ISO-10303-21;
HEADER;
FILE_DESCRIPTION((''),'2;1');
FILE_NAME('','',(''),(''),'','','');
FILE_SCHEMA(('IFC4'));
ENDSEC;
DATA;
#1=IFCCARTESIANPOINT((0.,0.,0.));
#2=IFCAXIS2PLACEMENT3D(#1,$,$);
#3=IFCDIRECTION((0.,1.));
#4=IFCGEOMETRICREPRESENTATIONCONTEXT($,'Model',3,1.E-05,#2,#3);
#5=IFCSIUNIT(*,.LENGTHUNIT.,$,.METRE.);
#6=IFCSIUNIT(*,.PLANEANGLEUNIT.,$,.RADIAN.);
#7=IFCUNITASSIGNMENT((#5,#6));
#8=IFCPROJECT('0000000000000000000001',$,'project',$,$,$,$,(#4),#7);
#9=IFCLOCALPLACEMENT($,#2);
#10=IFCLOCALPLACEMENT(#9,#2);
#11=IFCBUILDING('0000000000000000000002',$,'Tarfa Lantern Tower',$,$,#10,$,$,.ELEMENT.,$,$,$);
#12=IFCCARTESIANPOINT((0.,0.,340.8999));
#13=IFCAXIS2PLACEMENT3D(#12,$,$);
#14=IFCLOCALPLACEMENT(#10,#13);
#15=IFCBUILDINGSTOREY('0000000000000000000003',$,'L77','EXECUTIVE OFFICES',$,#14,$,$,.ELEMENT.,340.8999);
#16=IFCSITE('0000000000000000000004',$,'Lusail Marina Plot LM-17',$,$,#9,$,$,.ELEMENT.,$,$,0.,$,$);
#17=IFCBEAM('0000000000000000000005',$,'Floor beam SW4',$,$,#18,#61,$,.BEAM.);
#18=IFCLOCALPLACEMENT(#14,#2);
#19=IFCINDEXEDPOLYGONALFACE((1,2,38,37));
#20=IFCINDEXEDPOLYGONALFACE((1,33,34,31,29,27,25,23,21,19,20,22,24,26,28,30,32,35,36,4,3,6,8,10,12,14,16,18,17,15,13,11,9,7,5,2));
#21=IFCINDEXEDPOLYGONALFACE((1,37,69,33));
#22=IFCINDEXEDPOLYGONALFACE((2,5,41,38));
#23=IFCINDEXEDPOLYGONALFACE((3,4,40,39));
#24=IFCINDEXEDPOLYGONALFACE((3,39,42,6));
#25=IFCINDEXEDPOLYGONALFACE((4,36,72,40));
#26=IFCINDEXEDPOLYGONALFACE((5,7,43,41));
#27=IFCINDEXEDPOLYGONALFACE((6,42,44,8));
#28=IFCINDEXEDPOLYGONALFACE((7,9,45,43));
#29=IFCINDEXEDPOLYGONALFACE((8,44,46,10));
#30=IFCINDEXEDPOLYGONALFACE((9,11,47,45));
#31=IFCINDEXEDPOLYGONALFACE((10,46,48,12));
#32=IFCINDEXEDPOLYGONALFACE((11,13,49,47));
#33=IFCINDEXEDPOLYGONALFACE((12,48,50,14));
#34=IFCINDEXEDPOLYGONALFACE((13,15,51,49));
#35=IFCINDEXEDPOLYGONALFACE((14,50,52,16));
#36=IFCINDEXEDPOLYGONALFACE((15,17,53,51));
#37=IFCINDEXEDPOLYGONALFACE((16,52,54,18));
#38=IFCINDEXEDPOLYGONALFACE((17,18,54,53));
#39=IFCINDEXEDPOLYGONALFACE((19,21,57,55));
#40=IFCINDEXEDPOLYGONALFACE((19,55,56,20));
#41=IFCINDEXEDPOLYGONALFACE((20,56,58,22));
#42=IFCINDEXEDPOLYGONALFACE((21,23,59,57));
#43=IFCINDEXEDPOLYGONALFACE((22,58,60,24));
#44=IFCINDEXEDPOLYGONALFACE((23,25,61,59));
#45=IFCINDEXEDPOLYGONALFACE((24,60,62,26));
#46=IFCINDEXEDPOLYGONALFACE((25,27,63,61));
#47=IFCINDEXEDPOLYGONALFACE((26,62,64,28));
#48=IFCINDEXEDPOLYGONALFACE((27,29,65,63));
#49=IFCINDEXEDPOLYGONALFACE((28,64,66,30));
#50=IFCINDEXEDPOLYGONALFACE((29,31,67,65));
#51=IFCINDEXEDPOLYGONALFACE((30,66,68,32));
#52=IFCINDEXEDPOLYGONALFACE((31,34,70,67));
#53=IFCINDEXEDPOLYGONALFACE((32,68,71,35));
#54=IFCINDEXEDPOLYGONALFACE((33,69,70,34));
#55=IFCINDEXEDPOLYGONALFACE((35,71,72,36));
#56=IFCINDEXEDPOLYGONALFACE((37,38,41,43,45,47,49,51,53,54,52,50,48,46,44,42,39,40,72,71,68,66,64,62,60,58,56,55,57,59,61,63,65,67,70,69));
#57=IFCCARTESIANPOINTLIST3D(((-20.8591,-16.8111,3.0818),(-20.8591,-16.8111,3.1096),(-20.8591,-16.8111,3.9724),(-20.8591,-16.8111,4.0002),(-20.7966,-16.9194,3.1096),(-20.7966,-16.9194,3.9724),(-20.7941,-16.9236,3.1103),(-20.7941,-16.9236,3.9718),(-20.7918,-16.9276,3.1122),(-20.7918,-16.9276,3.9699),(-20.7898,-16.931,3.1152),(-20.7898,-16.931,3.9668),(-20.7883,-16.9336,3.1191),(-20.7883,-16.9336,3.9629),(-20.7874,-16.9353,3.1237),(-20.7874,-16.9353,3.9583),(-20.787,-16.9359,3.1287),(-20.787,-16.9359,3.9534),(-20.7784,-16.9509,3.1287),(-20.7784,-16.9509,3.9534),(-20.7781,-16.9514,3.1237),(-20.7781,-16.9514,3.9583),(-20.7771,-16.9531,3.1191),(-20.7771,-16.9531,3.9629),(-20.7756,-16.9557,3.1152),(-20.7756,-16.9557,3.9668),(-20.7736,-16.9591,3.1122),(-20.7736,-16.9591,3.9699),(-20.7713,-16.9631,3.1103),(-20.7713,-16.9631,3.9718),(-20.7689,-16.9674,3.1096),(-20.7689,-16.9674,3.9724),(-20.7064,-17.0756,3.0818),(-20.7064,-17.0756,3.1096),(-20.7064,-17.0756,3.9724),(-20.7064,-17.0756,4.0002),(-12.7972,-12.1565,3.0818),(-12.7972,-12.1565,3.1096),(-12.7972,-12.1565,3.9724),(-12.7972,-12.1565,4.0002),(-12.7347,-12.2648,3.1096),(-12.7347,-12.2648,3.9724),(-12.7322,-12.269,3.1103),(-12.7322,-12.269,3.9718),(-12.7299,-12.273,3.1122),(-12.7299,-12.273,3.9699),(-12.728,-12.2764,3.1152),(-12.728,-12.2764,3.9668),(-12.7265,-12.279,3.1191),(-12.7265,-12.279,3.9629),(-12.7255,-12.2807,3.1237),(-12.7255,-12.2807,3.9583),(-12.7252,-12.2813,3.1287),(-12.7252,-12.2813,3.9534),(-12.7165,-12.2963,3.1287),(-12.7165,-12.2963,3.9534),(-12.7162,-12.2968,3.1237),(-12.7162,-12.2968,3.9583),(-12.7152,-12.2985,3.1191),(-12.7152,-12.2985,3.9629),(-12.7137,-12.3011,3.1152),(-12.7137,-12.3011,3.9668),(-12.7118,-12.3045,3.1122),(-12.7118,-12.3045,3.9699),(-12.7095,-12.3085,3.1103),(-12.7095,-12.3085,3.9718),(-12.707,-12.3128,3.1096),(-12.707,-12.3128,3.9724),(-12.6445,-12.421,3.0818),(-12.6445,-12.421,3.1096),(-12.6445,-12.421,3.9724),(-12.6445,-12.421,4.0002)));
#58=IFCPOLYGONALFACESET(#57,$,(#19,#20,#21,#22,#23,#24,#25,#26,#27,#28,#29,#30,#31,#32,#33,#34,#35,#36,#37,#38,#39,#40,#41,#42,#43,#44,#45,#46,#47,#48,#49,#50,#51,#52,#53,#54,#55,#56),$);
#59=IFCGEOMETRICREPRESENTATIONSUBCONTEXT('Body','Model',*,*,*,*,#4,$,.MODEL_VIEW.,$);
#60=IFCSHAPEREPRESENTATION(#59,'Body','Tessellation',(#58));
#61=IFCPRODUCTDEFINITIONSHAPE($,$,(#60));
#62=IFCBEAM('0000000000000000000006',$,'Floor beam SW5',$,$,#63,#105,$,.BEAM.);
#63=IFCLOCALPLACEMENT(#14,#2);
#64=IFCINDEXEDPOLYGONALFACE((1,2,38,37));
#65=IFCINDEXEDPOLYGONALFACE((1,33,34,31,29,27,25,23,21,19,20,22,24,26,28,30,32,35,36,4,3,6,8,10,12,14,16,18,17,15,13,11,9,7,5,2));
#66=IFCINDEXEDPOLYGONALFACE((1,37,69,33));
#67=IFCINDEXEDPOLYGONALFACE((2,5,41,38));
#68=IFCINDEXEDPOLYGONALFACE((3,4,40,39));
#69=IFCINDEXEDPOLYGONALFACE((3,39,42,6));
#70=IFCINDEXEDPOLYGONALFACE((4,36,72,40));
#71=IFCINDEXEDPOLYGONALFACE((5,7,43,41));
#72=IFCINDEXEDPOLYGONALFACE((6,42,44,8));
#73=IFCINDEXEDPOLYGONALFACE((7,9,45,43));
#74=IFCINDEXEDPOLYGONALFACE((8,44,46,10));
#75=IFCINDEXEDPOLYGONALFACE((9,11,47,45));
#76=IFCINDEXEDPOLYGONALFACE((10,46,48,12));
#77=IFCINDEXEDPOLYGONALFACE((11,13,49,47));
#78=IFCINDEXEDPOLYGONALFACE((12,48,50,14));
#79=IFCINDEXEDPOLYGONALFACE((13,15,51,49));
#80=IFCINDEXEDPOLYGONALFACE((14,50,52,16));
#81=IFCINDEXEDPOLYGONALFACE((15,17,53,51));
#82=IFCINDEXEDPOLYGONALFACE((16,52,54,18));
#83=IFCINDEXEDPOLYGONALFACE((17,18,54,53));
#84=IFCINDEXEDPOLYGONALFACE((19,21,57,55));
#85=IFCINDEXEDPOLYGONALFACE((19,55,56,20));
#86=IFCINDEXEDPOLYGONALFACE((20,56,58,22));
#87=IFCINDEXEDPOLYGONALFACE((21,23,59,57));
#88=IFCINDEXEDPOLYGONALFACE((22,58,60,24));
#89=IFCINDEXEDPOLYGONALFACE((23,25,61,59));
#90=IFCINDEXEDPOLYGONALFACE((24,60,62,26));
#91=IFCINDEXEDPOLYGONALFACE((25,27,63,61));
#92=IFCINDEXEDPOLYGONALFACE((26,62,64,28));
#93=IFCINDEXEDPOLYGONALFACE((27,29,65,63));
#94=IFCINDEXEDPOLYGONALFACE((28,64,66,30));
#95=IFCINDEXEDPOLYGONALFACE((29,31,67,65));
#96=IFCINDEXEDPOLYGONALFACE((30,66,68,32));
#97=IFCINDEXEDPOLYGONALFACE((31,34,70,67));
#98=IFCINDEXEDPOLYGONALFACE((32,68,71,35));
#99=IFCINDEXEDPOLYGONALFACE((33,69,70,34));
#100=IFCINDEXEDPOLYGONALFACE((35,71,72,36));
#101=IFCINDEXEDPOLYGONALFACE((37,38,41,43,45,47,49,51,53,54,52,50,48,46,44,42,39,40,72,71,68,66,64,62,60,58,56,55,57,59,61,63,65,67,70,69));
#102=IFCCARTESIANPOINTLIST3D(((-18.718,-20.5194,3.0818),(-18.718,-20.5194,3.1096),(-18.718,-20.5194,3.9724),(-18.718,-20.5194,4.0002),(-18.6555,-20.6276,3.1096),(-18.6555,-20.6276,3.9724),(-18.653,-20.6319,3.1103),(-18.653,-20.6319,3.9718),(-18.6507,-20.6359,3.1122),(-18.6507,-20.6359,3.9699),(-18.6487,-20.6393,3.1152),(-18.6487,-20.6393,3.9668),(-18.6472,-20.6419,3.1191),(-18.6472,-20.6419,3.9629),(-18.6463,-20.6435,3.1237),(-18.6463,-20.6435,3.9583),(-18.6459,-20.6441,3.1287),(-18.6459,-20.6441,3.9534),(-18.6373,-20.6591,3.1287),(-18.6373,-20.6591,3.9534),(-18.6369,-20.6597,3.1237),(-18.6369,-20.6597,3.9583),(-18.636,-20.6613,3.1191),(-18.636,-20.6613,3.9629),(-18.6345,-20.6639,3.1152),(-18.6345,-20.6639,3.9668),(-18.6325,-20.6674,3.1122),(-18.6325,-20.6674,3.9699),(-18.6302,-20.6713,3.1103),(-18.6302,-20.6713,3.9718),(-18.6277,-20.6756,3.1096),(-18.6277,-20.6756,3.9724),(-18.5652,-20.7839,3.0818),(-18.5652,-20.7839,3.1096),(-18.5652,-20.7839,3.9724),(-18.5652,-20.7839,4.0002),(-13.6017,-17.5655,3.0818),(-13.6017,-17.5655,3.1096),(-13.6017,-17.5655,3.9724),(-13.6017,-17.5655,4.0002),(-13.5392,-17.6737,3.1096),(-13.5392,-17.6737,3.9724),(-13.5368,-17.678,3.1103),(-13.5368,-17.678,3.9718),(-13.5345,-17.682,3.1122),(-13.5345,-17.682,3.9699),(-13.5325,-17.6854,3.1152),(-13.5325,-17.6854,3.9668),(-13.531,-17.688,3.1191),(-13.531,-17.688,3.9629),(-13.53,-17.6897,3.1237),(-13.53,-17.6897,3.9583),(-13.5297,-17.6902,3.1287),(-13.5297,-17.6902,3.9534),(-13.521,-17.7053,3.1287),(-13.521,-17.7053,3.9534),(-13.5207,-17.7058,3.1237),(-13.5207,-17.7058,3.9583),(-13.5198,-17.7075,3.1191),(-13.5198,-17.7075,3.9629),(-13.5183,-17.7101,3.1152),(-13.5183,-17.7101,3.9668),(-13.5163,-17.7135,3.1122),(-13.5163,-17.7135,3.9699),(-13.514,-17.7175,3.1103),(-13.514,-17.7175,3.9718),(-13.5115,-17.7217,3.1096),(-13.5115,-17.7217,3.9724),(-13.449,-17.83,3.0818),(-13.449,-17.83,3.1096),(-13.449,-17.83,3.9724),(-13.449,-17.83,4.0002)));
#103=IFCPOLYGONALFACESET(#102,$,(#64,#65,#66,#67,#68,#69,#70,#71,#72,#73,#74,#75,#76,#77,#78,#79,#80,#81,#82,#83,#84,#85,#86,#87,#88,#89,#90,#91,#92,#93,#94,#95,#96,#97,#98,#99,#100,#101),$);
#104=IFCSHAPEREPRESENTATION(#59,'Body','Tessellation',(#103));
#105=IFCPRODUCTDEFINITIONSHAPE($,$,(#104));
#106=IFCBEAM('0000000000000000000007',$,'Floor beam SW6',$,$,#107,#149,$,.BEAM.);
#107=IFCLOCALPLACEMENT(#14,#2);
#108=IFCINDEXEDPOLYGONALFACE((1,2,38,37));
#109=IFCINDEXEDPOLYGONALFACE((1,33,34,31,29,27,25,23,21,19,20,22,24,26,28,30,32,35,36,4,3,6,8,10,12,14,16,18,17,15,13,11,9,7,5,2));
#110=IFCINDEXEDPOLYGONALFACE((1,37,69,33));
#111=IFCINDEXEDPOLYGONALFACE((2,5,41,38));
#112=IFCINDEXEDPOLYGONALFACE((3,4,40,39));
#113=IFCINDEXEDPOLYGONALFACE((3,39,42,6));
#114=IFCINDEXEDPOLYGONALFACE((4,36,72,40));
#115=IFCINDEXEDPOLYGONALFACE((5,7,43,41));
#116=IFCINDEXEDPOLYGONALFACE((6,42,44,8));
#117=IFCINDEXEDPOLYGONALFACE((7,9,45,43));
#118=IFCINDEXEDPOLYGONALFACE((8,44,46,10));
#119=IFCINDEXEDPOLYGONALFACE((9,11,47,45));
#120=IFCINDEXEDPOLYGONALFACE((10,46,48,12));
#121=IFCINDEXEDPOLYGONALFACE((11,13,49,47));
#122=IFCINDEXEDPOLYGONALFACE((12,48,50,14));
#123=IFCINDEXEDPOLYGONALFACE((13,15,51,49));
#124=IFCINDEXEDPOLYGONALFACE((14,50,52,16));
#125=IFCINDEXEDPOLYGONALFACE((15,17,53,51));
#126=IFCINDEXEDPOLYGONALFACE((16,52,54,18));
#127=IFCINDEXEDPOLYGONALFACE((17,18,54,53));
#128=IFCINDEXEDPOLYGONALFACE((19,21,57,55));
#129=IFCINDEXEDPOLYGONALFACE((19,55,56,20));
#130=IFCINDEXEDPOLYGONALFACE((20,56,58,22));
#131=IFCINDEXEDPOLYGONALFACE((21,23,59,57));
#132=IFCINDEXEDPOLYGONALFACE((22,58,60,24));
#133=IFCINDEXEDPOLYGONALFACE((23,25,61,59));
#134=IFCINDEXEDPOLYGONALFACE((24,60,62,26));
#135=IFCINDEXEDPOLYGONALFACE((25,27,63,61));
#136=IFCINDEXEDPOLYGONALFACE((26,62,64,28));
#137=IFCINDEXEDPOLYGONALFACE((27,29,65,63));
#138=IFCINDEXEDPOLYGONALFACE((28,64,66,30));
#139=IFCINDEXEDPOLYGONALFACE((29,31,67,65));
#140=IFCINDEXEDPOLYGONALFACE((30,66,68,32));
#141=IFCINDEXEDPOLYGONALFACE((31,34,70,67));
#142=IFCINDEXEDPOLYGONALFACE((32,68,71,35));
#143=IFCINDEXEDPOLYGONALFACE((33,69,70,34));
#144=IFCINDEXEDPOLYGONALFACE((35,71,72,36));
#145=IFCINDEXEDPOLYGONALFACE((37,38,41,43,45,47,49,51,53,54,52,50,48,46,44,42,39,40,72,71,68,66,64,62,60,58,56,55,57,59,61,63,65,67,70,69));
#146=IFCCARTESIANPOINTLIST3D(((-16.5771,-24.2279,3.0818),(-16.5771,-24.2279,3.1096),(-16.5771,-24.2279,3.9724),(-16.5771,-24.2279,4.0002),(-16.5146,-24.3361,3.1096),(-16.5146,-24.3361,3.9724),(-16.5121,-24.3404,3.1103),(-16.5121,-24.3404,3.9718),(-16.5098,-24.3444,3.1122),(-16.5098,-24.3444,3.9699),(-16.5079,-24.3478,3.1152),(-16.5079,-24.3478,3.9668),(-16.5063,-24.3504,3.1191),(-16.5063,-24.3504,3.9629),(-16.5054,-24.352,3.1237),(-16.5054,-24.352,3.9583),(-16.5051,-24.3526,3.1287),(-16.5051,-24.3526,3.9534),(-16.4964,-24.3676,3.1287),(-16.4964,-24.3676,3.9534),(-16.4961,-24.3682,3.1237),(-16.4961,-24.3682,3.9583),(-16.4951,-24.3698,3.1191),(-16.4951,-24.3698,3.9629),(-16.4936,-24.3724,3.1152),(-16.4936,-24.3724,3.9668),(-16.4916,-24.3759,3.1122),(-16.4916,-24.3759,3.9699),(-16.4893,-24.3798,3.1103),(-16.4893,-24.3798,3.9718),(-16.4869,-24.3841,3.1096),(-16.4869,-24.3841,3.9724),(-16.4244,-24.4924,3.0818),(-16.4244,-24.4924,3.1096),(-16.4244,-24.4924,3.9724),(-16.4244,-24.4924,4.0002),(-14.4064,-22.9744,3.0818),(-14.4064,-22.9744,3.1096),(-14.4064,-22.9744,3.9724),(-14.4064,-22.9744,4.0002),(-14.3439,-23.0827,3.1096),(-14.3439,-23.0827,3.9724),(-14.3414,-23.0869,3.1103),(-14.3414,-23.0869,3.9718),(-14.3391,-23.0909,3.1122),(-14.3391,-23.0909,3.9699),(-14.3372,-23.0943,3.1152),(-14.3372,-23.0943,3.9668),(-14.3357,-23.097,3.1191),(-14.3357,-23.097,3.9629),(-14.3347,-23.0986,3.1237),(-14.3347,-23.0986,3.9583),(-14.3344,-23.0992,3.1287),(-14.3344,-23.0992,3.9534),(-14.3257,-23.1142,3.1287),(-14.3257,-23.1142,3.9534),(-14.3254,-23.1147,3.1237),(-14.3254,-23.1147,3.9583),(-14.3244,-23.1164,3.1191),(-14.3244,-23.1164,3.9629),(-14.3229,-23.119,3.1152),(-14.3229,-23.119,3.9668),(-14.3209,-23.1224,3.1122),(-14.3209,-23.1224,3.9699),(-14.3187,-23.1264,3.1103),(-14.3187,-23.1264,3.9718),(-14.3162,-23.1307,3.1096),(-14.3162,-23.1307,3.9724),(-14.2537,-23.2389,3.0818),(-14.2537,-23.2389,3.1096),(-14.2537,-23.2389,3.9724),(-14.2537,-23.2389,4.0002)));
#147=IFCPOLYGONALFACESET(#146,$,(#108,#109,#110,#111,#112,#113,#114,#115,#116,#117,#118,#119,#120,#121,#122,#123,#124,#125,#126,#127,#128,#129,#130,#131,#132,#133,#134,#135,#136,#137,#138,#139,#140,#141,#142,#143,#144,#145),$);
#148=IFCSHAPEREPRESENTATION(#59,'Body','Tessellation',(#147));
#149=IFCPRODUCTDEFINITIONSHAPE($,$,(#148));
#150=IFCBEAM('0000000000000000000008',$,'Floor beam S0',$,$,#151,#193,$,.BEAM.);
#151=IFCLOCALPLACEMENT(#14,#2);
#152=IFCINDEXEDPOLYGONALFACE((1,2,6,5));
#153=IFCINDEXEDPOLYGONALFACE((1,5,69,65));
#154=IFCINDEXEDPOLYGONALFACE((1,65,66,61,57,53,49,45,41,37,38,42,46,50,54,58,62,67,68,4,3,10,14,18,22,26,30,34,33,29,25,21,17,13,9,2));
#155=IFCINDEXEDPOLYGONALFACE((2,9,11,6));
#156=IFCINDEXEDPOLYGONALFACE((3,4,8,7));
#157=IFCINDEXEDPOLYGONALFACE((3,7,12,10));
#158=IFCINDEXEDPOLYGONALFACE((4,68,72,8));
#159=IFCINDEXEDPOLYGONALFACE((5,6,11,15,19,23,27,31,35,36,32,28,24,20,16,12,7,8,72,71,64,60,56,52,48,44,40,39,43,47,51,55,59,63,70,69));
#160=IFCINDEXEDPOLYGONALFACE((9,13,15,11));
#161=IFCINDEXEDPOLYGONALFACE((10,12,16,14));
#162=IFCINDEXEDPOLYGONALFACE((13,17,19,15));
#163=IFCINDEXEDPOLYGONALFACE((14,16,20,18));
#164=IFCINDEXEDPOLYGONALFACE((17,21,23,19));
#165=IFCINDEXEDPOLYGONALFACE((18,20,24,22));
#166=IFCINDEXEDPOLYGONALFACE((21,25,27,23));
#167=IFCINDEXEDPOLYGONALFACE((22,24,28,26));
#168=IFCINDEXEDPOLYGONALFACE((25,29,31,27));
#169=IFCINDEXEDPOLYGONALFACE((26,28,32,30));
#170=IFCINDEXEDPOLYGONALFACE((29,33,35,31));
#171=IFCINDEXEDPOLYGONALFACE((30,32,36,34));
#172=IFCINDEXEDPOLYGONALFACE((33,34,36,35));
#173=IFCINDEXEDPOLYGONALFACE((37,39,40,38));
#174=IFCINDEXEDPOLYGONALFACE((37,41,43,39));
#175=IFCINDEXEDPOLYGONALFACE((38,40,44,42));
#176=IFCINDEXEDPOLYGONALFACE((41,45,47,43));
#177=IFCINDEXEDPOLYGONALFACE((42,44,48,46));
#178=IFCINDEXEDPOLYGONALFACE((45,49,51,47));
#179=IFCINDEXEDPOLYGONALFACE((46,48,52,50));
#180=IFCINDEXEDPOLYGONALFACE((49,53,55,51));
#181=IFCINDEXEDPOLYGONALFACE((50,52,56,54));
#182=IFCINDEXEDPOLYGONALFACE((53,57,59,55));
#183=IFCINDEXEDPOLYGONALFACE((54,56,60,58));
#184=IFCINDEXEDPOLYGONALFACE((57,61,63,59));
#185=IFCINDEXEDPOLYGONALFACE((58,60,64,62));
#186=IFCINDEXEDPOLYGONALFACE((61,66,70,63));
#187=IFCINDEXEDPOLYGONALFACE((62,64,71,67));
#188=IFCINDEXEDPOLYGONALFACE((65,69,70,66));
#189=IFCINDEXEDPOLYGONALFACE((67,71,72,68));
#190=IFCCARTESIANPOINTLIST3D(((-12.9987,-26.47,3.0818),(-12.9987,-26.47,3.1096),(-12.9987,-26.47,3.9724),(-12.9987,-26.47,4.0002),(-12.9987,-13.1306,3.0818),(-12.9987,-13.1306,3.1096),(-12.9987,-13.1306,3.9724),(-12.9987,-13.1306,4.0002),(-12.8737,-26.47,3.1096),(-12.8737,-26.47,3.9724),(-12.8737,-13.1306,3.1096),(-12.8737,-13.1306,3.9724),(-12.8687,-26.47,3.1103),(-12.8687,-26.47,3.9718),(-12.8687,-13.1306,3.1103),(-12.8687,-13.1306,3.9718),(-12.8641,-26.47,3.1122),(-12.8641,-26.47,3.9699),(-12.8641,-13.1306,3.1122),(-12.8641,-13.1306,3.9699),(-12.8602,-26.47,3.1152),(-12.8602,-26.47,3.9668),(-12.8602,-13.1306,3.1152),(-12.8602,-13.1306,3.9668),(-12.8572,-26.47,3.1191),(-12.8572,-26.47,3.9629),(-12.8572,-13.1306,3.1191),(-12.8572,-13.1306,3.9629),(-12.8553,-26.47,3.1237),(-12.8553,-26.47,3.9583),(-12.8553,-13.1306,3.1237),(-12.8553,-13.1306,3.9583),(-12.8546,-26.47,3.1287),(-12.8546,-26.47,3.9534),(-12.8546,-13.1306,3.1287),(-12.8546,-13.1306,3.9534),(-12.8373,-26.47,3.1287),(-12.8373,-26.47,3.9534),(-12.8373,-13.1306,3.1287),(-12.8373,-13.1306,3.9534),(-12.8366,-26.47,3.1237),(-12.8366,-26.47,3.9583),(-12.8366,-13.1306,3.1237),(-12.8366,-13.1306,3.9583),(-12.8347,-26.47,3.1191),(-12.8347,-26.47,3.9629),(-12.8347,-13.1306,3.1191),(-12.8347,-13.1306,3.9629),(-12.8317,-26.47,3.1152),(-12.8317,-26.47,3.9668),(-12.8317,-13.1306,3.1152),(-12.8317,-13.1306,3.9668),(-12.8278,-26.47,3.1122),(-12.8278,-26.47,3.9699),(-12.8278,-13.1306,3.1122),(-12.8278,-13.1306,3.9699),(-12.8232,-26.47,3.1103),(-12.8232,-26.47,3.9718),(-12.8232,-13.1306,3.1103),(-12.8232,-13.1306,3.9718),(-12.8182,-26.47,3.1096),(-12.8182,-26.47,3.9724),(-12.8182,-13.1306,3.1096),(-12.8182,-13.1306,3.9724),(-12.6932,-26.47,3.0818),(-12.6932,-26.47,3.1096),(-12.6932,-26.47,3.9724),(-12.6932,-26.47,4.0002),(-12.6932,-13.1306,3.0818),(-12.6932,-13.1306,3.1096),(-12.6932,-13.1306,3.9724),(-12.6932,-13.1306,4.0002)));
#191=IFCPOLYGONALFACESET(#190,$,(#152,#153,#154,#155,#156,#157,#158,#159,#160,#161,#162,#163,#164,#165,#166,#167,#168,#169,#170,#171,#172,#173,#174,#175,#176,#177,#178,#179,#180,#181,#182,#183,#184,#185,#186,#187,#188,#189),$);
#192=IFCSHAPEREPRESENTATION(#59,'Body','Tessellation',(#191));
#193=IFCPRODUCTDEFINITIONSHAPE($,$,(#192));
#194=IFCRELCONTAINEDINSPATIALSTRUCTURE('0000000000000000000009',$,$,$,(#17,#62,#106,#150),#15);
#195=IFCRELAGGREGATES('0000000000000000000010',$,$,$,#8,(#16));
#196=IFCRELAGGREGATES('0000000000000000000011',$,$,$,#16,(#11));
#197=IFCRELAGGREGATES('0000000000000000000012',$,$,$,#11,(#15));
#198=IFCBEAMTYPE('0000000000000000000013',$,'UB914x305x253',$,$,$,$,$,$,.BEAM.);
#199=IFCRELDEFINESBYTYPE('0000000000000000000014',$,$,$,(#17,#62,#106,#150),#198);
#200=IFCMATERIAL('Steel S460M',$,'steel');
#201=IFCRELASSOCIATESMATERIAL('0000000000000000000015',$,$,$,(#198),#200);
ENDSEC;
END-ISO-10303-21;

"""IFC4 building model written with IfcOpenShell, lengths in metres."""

from ifc_helpers import new_model, si_unit, direction, frame, origin, origin_2d, place, context, subcontext, project, spatial, i_section, extrude, material, material_profile, profile_set, type_object, element, save


model = new_model("IFC4")

# Units and contexts
model_context = context("Model", 3, precision=1e-05, world=origin(), true_north=direction((0.0, 1.0)))
body_context = subcontext(model_context, "Body", "Model", "MODEL_VIEW")
ifc_project = project(units=[si_unit("LENGTHUNIT", "METRE"), si_unit("PLANEANGLEUNIT", "RADIAN")], contexts=[model_context])

# Site, building, storey
site_placement = place(None, origin())
site = spatial("IfcSite", under=ifc_project, at=site_placement, Name="Lusail Marina Plot LM-17", CompositionType="ELEMENT", RefElevation=0.0)
building_placement = place(site_placement, origin())
building = spatial("IfcBuilding", under=site, at=building_placement, Name="Tarfa Lantern Tower", CompositionType="ELEMENT")
storey_placement = place(building_placement, frame((0.0, 0.0, 340.8999)))
storey = spatial("IfcBuildingStorey", under=building, at=storey_placement, Name="L77", Description="EXECUTIVE OFFICES", CompositionType="ELEMENT", Elevation=340.8999)

# Beams
ifc_material_1 = material(Name="Steel S460M", Category="steel")
ifc_material_profile_1 = material_profile(ifc_material_1, i_section(OverallWidth=0.3054, OverallDepth=0.9185, WebThickness=0.0173, FlangeThickness=0.0278, FilletRadius=0.019, at=origin_2d()), Name="UB914x305x253")
ifc_profile_set_1 = profile_set([ifc_material_profile_1], Name="Steel S460M")
beam_type_1 = type_object("IfcBeamType", Name="UB914x305x253", PredefinedType="BEAM", material=ifc_profile_set_1)
beam_1_placement = place(storey_placement, frame((-20.7827, -16.9434, 3.541), z_axis=(0.866022, 0.500006, 0.0), x_axis=(-0.500006, 0.866022, 0.0)))
element("IfcBeam", 1, at=beam_1_placement, inside=storey, type_object=beam_type_1, Name="Floor beam SW4", PredefinedType="BEAM", context=body_context, shape_type="SweptSolid", body=[
    extrude(i_section(OverallWidth=0.3054, OverallDepth=0.9185, WebThickness=0.0173, FlangeThickness=0.0278, FilletRadius=0.019, at=origin_2d()), origin(), (0.0, 0.0, 1.0), 9.3091),
])
beam_2_placement = place(storey_placement, frame((-18.6416, -20.6516, 3.541), z_axis=(0.866025, 0.500001, 0.0), x_axis=(-0.500001, 0.866025, 0.0)))
element("IfcBeam", 2, at=beam_2_placement, inside=storey, type_object=beam_type_1, Name="Floor beam SW5", PredefinedType="BEAM", context=body_context, shape_type="SweptSolid", body=[
    extrude(i_section(OverallWidth=0.3054, OverallDepth=0.9185, WebThickness=0.0173, FlangeThickness=0.0278, FilletRadius=0.019, at=origin_2d()), origin(), (0.0, 0.0, 1.0), 5.9077),
])
beam_3_placement = place(storey_placement, frame((-16.5007, -24.3601, 3.541), z_axis=(0.865993, 0.500057, 0.0), x_axis=(-0.500057, 0.865993, 0.0)))
element("IfcBeam", 3, at=beam_3_placement, inside=storey, type_object=beam_type_1, Name="Floor beam SW6", PredefinedType="BEAM", context=body_context, shape_type="SweptSolid", body=[
    extrude(i_section(OverallWidth=0.3054, OverallDepth=0.9185, WebThickness=0.0173, FlangeThickness=0.0278, FilletRadius=0.019, at=origin_2d()), origin(), (0.0, 0.0, 1.0), 2.5066),
])
beam_4_placement = place(storey_placement, frame((-12.8459, -26.47, 3.541), z_axis=(0.0, 1.0, 0.0), x_axis=(-1.0, 0.0, 0.0)))
element("IfcBeam", 4, at=beam_4_placement, inside=storey, type_object=beam_type_1, Name="Floor beam S0", PredefinedType="BEAM", context=body_context, shape_type="SweptSolid", body=[
    extrude(i_section(OverallWidth=0.3054, OverallDepth=0.9185, WebThickness=0.0173, FlangeThickness=0.0278, FilletRadius=0.019, at=origin_2d()), origin(), (0.0, 0.0, 1.0), 13.3394),
])

save(model, "model.ifc")
